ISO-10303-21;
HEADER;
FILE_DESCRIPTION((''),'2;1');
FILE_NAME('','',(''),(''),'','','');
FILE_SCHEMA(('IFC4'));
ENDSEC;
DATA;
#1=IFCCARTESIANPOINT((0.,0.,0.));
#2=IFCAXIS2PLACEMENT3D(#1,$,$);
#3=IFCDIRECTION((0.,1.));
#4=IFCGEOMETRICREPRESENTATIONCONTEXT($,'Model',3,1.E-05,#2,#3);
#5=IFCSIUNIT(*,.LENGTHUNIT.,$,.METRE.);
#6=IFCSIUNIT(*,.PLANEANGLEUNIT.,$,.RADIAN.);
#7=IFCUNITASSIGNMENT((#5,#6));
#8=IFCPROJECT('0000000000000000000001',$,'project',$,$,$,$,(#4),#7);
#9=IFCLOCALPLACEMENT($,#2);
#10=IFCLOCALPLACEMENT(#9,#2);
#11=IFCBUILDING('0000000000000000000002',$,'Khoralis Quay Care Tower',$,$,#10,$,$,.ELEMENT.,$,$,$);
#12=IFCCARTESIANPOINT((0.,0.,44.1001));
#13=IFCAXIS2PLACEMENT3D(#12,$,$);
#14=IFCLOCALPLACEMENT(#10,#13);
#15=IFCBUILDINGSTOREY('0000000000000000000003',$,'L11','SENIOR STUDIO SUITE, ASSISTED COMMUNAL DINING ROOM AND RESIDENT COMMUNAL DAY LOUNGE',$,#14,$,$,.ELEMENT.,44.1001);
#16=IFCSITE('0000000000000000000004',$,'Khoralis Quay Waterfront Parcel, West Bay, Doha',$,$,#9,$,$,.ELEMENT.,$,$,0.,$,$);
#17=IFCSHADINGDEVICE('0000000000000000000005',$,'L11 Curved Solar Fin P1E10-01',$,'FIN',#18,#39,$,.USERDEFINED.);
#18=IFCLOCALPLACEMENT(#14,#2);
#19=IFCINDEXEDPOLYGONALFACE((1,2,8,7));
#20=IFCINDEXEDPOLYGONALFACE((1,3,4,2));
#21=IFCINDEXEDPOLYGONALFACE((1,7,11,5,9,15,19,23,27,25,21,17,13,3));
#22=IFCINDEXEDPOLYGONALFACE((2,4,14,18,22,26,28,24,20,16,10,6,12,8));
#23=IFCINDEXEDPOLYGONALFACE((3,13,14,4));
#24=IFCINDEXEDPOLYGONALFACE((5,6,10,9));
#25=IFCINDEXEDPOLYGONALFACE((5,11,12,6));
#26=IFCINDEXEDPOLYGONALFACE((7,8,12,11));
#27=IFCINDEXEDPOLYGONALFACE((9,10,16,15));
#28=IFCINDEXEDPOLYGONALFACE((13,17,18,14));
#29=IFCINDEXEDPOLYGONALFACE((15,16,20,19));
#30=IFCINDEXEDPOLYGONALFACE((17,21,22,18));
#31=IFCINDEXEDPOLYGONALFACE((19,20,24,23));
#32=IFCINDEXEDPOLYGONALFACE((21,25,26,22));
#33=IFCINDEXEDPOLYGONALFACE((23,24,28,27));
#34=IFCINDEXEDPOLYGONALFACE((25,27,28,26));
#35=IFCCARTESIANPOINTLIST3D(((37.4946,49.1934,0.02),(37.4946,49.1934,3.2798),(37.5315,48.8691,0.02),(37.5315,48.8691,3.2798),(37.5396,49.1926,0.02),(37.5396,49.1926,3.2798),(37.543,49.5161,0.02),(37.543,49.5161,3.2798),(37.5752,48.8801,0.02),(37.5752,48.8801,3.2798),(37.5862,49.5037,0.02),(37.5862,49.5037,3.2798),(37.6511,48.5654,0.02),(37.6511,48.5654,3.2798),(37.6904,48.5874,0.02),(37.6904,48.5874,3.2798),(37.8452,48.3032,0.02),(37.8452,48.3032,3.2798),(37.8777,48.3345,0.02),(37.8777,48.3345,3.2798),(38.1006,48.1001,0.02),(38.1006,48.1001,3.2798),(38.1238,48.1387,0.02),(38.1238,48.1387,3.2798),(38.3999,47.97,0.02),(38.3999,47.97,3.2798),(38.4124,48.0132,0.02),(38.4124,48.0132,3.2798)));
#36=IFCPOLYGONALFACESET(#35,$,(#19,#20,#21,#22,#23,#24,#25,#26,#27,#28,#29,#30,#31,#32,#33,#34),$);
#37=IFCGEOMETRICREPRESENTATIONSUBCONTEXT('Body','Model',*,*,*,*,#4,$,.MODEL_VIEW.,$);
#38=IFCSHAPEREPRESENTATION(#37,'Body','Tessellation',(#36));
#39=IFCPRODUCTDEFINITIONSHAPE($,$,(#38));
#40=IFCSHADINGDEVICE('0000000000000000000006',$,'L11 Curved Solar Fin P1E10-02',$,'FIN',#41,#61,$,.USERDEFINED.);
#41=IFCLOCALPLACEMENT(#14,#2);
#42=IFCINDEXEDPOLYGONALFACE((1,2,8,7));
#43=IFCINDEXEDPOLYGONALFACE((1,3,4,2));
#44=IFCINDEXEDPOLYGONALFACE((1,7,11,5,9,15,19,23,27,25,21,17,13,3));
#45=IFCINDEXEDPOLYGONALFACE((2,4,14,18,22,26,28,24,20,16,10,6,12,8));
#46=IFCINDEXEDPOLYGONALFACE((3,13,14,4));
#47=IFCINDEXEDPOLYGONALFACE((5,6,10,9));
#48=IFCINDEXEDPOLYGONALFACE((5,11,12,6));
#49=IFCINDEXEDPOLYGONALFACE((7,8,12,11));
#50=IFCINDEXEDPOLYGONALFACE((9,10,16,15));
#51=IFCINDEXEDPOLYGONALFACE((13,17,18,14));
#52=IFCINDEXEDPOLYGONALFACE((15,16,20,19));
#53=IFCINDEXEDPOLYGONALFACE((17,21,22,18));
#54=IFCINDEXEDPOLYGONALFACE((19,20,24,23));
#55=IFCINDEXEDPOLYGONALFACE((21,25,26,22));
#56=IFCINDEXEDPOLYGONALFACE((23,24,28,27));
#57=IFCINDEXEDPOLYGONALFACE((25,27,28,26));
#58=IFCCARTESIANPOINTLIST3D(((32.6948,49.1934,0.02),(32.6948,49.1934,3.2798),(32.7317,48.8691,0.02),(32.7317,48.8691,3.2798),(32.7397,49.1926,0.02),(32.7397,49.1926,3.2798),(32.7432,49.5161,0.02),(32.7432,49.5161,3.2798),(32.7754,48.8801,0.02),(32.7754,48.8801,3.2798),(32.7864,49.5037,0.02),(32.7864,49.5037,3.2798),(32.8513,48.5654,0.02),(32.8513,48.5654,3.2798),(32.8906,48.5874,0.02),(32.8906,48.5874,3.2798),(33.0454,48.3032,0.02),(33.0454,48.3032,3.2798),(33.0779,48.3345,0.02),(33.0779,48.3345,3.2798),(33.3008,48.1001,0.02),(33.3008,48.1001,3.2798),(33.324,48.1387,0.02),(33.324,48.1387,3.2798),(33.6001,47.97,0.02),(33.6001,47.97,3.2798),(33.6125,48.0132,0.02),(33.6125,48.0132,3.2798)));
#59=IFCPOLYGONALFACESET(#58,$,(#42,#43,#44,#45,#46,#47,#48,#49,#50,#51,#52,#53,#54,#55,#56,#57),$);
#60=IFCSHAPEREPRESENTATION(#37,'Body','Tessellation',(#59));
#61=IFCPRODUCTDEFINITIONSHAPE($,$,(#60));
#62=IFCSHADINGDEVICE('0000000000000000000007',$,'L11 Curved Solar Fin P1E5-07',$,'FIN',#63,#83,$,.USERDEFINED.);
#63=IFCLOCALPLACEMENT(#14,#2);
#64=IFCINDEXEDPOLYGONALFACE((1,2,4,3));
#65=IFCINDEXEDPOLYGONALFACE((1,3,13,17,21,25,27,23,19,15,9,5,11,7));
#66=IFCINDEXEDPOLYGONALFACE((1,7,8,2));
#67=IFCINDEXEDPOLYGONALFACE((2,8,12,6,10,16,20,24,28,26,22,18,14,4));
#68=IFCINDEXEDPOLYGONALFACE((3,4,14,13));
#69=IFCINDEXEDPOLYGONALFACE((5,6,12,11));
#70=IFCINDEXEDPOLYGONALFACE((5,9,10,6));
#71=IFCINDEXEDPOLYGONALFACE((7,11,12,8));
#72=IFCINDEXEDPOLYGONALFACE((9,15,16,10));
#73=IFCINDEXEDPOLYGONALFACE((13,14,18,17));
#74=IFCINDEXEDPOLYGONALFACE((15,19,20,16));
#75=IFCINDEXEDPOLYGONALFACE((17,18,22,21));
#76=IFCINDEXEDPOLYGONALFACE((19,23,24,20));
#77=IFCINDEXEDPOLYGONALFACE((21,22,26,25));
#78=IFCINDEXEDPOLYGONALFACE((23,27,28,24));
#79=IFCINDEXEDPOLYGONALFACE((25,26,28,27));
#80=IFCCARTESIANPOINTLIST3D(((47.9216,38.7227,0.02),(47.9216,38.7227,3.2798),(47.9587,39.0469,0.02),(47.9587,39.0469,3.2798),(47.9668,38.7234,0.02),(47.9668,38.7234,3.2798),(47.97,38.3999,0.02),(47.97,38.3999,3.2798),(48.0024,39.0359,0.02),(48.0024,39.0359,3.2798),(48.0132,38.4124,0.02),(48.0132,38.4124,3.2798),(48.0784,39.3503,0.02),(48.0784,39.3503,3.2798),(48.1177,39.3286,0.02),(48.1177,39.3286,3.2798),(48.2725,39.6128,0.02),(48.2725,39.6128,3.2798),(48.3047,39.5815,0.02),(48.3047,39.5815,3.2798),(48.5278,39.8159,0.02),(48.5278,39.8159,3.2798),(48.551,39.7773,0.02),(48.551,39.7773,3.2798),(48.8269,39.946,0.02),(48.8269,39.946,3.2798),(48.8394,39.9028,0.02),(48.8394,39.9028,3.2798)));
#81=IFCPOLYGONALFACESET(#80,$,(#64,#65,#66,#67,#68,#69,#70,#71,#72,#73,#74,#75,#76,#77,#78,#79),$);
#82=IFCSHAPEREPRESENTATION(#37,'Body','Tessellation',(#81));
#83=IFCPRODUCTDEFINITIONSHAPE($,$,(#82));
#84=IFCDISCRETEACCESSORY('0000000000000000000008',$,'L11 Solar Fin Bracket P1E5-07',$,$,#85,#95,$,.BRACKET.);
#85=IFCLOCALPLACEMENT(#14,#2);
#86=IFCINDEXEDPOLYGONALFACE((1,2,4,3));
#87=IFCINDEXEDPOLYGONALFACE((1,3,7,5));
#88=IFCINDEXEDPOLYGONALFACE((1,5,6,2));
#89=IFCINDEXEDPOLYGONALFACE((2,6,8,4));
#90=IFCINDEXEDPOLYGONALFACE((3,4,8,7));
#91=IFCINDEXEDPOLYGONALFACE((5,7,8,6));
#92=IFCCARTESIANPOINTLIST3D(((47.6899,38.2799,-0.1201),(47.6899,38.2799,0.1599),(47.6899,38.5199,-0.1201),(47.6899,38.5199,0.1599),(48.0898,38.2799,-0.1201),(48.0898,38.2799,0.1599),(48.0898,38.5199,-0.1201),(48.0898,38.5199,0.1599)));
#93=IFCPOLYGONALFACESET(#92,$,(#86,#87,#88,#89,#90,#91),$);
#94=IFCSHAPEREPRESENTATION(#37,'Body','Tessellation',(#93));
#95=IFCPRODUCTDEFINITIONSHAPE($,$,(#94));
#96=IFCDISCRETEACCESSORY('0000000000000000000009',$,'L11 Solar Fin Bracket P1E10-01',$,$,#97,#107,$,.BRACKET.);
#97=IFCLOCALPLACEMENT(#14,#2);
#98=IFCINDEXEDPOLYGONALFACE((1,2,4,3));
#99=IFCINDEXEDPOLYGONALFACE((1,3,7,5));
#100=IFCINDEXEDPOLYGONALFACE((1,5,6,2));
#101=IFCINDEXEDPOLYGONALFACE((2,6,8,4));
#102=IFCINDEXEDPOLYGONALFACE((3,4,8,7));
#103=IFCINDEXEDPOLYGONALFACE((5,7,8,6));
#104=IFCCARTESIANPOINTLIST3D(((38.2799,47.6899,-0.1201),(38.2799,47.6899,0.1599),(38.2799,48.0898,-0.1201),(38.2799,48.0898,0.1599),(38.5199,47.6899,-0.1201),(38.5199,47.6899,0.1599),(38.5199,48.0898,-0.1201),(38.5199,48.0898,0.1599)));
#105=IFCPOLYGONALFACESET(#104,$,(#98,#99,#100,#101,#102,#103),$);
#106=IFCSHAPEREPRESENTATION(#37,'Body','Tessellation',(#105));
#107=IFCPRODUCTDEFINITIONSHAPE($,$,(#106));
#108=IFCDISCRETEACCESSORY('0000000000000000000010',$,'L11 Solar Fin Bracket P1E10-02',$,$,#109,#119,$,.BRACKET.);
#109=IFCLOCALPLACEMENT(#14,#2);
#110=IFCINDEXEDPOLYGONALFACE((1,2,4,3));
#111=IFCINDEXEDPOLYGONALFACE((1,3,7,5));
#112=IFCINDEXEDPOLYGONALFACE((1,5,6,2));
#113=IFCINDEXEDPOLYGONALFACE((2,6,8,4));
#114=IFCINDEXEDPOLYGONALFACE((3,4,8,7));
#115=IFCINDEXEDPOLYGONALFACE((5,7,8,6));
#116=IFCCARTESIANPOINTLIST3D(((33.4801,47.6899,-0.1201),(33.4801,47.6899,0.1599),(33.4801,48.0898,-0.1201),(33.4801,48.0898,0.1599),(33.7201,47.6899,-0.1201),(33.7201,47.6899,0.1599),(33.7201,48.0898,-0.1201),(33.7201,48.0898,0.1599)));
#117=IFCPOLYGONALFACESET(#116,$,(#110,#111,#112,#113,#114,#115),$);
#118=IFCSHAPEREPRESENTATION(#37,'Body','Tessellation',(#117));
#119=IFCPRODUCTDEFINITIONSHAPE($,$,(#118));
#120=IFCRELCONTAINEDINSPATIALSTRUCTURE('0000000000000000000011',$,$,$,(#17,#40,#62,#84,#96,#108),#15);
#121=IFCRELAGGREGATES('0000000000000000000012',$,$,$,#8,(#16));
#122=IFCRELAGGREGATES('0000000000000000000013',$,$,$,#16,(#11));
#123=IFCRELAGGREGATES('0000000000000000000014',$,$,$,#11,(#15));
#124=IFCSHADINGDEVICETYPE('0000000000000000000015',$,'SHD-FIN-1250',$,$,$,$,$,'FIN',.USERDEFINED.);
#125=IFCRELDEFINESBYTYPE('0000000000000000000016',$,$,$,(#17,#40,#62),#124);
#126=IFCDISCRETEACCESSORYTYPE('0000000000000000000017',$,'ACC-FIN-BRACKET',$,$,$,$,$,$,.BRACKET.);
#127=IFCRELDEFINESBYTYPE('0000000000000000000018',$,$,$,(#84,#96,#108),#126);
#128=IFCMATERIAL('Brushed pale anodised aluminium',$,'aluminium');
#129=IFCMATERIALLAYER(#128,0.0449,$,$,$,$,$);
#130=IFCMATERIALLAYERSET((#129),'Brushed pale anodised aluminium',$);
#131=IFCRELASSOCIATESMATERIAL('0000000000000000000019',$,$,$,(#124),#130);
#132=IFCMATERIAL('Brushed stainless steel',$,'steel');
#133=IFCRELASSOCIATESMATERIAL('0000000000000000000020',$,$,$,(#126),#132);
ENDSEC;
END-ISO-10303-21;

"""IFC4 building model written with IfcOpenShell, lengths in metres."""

from ifc_helpers import new_model, si_unit, direction, frame, origin, origin_2d, place, context, subcontext, project, spatial, polyline, rectangle, outline, extrude, source, transform, mapped, material, layer, layer_set, type_object, element, save


model = new_model("IFC4")

# Units and contexts
model_context = context("Model", 3, precision=1e-05, world=origin(), true_north=direction((0.0, 1.0)))
body_context = subcontext(model_context, "Body", "Model", "MODEL_VIEW")
ifc_project = project(units=[si_unit("LENGTHUNIT", "METRE"), si_unit("PLANEANGLEUNIT", "RADIAN")], contexts=[model_context])

# Site, building, storey
site_placement = place(None, origin())
site = spatial("IfcSite", under=ifc_project, at=site_placement, Name="Khoralis Quay Waterfront Parcel, West Bay, Doha", CompositionType="ELEMENT", RefElevation=0.0)
building_placement = place(site_placement, origin())
building = spatial("IfcBuilding", under=site, at=building_placement, Name="Khoralis Quay Care Tower", CompositionType="ELEMENT")
storey_placement = place(building_placement, frame((0.0, 0.0, 44.1001)))
storey = spatial("IfcBuildingStorey", under=building, at=storey_placement, Name="L11", Description="SENIOR STUDIO SUITE, ASSISTED COMMUNAL DINING ROOM AND RESIDENT COMMUNAL DAY LOUNGE", CompositionType="ELEMENT", Elevation=44.1001)

# Shading devices
ifc_material_1 = material(Name="Brushed pale anodised aluminium", Category="aluminium")
ifc_layer_1 = layer(ifc_material_1, 0.0449)
ifc_layer_set_1 = layer_set([ifc_layer_1], Name="Brushed pale anodised aluminium")
shading_device_type = type_object("IfcShadingDeviceType", Name="SHD-FIN-1250", ElementType="FIN", PredefinedType="USERDEFINED", material=ifc_layer_set_1)
shared_shape_1 = source(origin(), body_context, "Body", "SweptSolid", [
    extrude(outline(polyline([(0.0, 0.0), (0.1301, 0.2993), (0.3333, 0.5547), (0.5955, 0.7488), (0.8992, 0.8684), (1.2234, 0.9053), (1.5461, 0.8569), (1.5337, 0.8137), (1.2227, 0.8604), (0.9102, 0.8247), (0.6174, 0.7095), (0.3645, 0.5222), (0.1687, 0.2761), (0.0432, -0.0125), (0.0, 0.0)])), origin(), (0.0, 0.0, 1.0), 3.2598),
])
for number, where, z_axis, x_axis, name in (
    (1, (38.3999, 47.97, 0.02), (0.0, 0.0, 1.0), (0.0, 1.0, 0.0), "L11 Curved Solar Fin P1E10-01"),
    (2, (33.6001, 47.97, 0.02), (0.0, 0.0, 1.0), (0.0, 1.0, 0.0), "L11 Curved Solar Fin P1E10-02"),
):
    element("IfcShadingDevice", number, at=place(storey_placement, frame(where, z_axis=z_axis, x_axis=x_axis)), inside=storey, type_object=shading_device_type, Name=name, ObjectType="FIN", PredefinedType="USERDEFINED", context=body_context, shape_type="MappedRepresentation", body=[
        mapped(shared_shape_1, transform((0.0, 0.0, 0.0), scale=1.0)),
    ])
shared_shape_2 = source(origin(), body_context, "Body", "SweptSolid", [
    extrude(outline(polyline([(0.0, 0.0), (-0.0483, 0.3228), (-0.0112, 0.647), (0.1084, 0.9504), (0.3025, 1.2129), (0.5579, 1.416), (0.8569, 1.5461), (0.8694, 1.5029), (0.5811, 1.3774), (0.3347, 1.1816), (0.1477, 0.9287), (0.0325, 0.636), (-0.0032, 0.3235), (0.0432, 0.0125), (0.0, 0.0)])), origin(), (0.0, 0.0, 1.0), 3.2598),
])
shading_device_placement = place(storey_placement, frame((47.97, 38.3999, 0.02), z_axis=(0.0, 0.0, 1.0), x_axis=(1.0, 0.0, 0.0)))
element("IfcShadingDevice", 3, at=shading_device_placement, inside=storey, type_object=shading_device_type, Name="L11 Curved Solar Fin P1E5-07", ObjectType="FIN", PredefinedType="USERDEFINED", context=body_context, shape_type="MappedRepresentation", body=[
    mapped(shared_shape_2, transform((0.0, 0.0, 0.0), scale=1.0)),
])

# Discrete accessories
ifc_material_2 = material(Name="Brushed stainless steel", Category="steel")
discrete_accessory_type = type_object("IfcDiscreteAccessoryType", Name="ACC-FIN-BRACKET", PredefinedType="BRACKET", material=ifc_material_2)
shared_shape_3 = source(origin(), body_context, "Body", "SweptSolid", [
    extrude(rectangle(XDim=0.3999, YDim=0.24, at=origin_2d()), origin(), (0.0, 0.0, 1.0), 0.28),
])
for number, where, z_axis, x_axis, name in (
    (4, (47.8899, 38.3999, -0.1201), (0.0, 0.0, 1.0), (1.0, 0.0, 0.0), "L11 Solar Fin Bracket P1E5-07"),
    (5, (38.3999, 47.8899, -0.1201), (0.0, 0.0, 1.0), (0.0, 1.0, 0.0), "L11 Solar Fin Bracket P1E10-01"),
    (6, (33.6001, 47.8899, -0.1201), (0.0, 0.0, 1.0), (0.0, 1.0, 0.0), "L11 Solar Fin Bracket P1E10-02"),
):
    element("IfcDiscreteAccessory", number, at=place(storey_placement, frame(where, z_axis=z_axis, x_axis=x_axis)), inside=storey, type_object=discrete_accessory_type, Name=name, PredefinedType="BRACKET", context=body_context, shape_type="MappedRepresentation", body=[
        mapped(shared_shape_3, transform((0.0, 0.0, 0.0), scale=1.0)),
    ])

save(model, "model.ifc")
